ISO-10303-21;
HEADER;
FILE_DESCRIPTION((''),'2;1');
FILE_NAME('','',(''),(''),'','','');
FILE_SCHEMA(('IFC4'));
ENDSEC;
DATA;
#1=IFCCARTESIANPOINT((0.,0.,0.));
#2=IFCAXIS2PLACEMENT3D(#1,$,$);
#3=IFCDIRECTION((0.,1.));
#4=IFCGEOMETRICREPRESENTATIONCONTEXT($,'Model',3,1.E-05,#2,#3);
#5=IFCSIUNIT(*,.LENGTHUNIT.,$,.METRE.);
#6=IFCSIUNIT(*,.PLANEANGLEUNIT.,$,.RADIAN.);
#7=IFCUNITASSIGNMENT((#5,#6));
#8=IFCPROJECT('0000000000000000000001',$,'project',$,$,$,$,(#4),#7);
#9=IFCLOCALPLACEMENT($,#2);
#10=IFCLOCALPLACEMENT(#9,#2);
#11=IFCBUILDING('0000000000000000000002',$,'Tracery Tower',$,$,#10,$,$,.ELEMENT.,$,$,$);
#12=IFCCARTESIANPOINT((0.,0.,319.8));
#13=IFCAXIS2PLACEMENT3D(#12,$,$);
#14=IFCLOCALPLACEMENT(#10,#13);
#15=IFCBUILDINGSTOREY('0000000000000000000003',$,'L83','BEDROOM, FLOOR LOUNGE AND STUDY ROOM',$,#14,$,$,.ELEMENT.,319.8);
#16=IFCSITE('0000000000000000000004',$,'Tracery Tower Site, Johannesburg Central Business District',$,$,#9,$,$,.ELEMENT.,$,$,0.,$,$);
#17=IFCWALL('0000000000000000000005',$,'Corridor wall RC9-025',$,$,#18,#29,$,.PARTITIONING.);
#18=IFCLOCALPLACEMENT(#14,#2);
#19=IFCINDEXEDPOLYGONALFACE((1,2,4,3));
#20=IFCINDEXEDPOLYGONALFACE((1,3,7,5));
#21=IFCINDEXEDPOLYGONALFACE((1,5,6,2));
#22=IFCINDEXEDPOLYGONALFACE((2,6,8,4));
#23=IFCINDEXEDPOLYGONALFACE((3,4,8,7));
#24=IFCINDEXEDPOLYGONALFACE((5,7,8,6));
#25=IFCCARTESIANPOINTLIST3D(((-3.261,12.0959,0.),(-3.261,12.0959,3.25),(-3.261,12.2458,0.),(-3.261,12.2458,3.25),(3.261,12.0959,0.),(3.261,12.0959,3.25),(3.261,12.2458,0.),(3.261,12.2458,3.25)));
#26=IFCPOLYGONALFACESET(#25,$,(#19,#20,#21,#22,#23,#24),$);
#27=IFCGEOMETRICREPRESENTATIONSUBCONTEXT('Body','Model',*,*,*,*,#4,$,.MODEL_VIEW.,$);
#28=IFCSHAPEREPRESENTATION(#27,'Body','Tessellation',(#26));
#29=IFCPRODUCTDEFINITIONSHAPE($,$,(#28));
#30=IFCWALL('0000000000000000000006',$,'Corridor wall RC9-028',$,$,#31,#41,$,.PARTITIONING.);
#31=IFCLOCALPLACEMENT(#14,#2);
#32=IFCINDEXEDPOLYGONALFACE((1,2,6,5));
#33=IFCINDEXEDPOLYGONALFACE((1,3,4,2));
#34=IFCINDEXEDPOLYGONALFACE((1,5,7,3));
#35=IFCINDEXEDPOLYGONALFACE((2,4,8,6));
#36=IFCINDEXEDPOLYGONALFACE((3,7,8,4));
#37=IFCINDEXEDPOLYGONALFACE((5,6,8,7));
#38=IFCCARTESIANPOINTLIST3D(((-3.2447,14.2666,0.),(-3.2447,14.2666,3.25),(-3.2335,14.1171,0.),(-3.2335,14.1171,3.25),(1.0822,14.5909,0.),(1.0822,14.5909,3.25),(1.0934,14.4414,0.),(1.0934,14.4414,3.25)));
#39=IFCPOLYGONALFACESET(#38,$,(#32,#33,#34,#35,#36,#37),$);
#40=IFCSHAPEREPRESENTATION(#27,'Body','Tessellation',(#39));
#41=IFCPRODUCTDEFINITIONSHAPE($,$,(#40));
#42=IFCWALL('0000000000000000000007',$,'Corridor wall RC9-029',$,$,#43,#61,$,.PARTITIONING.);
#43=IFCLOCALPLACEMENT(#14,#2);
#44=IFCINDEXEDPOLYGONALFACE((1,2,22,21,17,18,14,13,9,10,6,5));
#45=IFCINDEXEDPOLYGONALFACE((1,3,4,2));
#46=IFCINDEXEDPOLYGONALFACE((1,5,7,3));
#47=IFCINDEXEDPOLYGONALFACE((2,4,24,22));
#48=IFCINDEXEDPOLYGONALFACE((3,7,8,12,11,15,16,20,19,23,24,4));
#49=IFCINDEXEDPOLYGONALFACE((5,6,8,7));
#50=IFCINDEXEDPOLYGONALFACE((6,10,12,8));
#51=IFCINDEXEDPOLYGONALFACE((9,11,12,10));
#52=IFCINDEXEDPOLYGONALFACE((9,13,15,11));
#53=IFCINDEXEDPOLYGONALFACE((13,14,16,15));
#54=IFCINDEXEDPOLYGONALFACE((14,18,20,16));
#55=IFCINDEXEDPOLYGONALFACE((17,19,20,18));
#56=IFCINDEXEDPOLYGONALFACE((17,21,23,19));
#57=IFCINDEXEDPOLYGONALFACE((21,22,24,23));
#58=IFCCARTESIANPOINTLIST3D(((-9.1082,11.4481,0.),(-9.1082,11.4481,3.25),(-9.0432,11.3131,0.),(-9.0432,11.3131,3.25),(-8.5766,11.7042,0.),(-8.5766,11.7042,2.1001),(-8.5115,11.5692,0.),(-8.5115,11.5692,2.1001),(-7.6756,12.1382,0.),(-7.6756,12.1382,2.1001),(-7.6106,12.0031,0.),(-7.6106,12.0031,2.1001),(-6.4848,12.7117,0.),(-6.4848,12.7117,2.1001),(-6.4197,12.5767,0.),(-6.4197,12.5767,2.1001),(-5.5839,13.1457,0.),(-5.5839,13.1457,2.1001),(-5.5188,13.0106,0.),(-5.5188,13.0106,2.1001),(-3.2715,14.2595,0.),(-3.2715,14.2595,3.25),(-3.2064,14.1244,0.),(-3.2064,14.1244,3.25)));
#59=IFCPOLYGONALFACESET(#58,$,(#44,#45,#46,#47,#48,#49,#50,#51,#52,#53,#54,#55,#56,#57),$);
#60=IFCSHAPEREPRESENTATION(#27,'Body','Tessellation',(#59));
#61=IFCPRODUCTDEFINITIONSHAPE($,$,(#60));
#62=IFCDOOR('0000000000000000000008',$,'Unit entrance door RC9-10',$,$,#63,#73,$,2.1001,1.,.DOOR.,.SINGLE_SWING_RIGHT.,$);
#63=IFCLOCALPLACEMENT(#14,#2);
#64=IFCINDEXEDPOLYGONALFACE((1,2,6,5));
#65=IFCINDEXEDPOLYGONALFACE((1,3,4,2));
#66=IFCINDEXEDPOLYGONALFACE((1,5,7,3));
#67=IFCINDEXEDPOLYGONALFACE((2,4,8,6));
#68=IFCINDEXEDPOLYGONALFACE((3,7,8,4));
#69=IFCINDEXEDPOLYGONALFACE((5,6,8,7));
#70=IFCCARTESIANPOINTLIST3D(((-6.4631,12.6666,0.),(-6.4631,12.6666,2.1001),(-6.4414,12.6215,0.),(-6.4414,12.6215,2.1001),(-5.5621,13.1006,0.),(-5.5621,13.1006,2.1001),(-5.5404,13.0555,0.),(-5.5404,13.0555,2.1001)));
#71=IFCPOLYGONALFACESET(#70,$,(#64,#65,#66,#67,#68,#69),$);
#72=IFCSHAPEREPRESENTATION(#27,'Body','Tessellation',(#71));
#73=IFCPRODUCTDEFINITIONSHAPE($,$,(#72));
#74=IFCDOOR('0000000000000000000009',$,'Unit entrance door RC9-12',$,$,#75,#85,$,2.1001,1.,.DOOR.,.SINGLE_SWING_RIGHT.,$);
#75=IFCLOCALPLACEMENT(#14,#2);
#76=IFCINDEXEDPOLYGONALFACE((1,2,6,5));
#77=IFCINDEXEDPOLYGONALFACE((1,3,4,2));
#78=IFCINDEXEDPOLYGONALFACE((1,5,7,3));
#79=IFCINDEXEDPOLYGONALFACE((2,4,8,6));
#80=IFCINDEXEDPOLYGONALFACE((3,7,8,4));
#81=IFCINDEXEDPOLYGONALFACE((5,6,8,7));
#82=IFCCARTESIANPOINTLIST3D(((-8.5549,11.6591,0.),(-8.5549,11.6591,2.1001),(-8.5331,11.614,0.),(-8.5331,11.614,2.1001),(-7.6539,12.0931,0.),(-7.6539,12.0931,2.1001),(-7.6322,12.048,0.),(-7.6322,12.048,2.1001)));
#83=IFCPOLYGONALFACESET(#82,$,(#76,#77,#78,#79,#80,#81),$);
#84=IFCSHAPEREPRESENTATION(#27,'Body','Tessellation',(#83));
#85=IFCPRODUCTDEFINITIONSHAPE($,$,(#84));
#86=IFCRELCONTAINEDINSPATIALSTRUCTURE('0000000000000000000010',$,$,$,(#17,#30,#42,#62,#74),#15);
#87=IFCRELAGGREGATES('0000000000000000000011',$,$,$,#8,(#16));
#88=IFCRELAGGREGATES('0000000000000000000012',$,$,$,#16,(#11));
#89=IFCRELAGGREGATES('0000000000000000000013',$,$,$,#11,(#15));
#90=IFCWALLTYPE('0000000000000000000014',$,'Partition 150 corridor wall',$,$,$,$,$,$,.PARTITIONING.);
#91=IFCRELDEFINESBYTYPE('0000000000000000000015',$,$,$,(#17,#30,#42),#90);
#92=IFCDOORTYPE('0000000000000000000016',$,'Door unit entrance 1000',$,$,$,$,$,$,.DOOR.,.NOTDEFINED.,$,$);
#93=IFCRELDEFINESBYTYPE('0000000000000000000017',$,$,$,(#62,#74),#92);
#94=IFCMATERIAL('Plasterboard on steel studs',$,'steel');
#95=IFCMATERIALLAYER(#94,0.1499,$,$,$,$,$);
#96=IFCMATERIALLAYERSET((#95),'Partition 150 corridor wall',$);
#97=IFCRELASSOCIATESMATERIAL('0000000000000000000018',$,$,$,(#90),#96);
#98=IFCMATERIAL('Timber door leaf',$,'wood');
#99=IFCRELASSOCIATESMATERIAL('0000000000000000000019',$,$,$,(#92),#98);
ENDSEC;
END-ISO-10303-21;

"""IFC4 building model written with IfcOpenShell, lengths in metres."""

from ifc_helpers import new_model, si_unit, direction, frame, frame_2d, origin, place, context, subcontext, project, spatial, rectangle, extrude, material, layer, layer_set, type_object, element, fill, save


model = new_model("IFC4")

# Units and contexts
model_context = context("Model", 3, precision=1e-05, world=origin(), true_north=direction((0.0, 1.0)))
body_context = subcontext(model_context, "Body", "Model", "MODEL_VIEW")
ifc_project = project(units=[si_unit("LENGTHUNIT", "METRE"), si_unit("PLANEANGLEUNIT", "RADIAN")], contexts=[model_context])

# Site, building, storey
site_placement = place(None, origin())
site = spatial("IfcSite", under=ifc_project, at=site_placement, Name="Tracery Tower Site, Johannesburg Central Business District", CompositionType="ELEMENT", RefElevation=0.0)
building_placement = place(site_placement, origin())
building = spatial("IfcBuilding", under=site, at=building_placement, Name="Tracery Tower", CompositionType="ELEMENT")
storey_placement = place(building_placement, frame((0.0, 0.0, 319.8)))
storey = spatial("IfcBuildingStorey", under=building, at=storey_placement, Name="L83", Description="BEDROOM, FLOOR LOUNGE AND STUDY ROOM", CompositionType="ELEMENT", Elevation=319.8)

# Walls
ifc_material_1 = material(Name="Plasterboard on steel studs", Category="steel")
ifc_layer_1 = layer(ifc_material_1, 0.1499)
ifc_layer_set_1 = layer_set([ifc_layer_1], Name="Partition 150 corridor wall")
wall_type_1 = type_object("IfcWallType", Name="Partition 150 corridor wall", PredefinedType="PARTITIONING", material=ifc_layer_set_1)
wall_1_placement = place(storey_placement, frame((-3.261, 12.1709, 0.0), z_axis=(0.0, 0.0, 1.0), x_axis=(1.0, 0.0, 0.0)))
element("IfcWall", 1, at=wall_1_placement, inside=storey, type_object=wall_type_1, Name="Corridor wall RC9-025", PredefinedType="PARTITIONING", context=body_context, shape_type="SweptSolid", body=[
    extrude(rectangle(XDim=6.522, YDim=0.1499, at=frame_2d((3.261, 0.0))), origin(), (0.0, 0.0, 1.0), 3.25),
])
wall_2_placement = place(storey_placement, frame((-3.239, 14.1919, 0.0), z_axis=(0.0, 0.0, 1.0), x_axis=(0.997204, 0.074721, 0.0)))
element("IfcWall", 2, at=wall_2_placement, inside=storey, type_object=wall_type_1, Name="Corridor wall RC9-028", PredefinedType="PARTITIONING", context=body_context, shape_type="SweptSolid", body=[
    extrude(rectangle(XDim=4.3391, YDim=0.1499, at=frame_2d((2.1694, 0.0))), origin(), (0.0, 0.0, 1.0), 3.25),
])

# Wall, openings, doors
wall_3_placement = place(storey_placement, frame((-9.0757, 11.3806, 0.0), z_axis=(0.0, 0.0, 1.0), x_axis=(0.900939, 0.433945, 0.0)))
wall_3 = element("IfcWall", 3, at=wall_3_placement, inside=storey, type_object=wall_type_1, Name="Corridor wall RC9-029", PredefinedType="PARTITIONING", context=body_context, shape_type="SweptSolid", body=[
    extrude(rectangle(XDim=6.4785, YDim=0.1499, at=frame_2d((3.2393, 0.0))), origin(), (0.0, 0.0, 1.0), 3.25),
])
opening_1_placement = place(wall_3_placement, frame((2.9119, 0.0, 0.0)))
opening_1 = element("IfcOpeningElement", 4, at=opening_1_placement, cuts=wall_3, PredefinedType="OPENING", context=body_context, shape_type="SweptSolid", body=[
    extrude(rectangle(XDim=1.0, YDim=2.1001, at=frame_2d((0.5, 1.05))), frame((0.0, 0.075, 0.0), z_axis=(0.0, -1.0, 0.0), x_axis=(1.0, 0.0, 0.0)), (0.0, 0.0, 1.0), 0.1499),
])
opening_2_placement = place(wall_3_placement, frame((0.5901, 0.0, 0.0)))
opening_2 = element("IfcOpeningElement", 5, at=opening_2_placement, cuts=wall_3, PredefinedType="OPENING", context=body_context, shape_type="SweptSolid", body=[
    extrude(rectangle(XDim=1.0, YDim=2.1001, at=frame_2d((0.5, 1.05))), frame((0.0, 0.075, 0.0), z_axis=(0.0, -1.0, 0.0), x_axis=(1.0, 0.0, 0.0)), (0.0, 0.0, 1.0), 0.1499),
])
ifc_material_2 = material(Name="Timber door leaf", Category="wood")
door_type_1 = type_object("IfcDoorType", Name="Door unit entrance 1000", OperationType="NOTDEFINED", PredefinedType="DOOR", material=ifc_material_2)
door_1_placement = place(opening_1_placement, origin())
door_1 = element("IfcDoor", 6, at=door_1_placement, inside=storey, type_object=door_type_1, Name="Unit entrance door RC9-10", OperationType="SINGLE_SWING_RIGHT", OverallHeight=2.1001, OverallWidth=1.0, PredefinedType="DOOR", context=body_context, shape_type="SweptSolid", body=[
    extrude(rectangle(XDim=1.0, YDim=2.1001, at=frame_2d((0.5, 1.05))), frame((0.0, 0.0249, 0.0), z_axis=(0.0, -1.0, 0.0), x_axis=(1.0, 0.0, 0.0)), (0.0, 0.0, 1.0), 0.05),
])
fill(opening_1, door_1)
door_2_placement = place(opening_2_placement, origin())
door_2 = element("IfcDoor", 7, at=door_2_placement, inside=storey, type_object=door_type_1, Name="Unit entrance door RC9-12", OperationType="SINGLE_SWING_RIGHT", OverallHeight=2.1001, OverallWidth=1.0, PredefinedType="DOOR", context=body_context, shape_type="SweptSolid", body=[
    extrude(rectangle(XDim=1.0, YDim=2.1001, at=frame_2d((0.5, 1.05))), frame((0.0, 0.0249, 0.0), z_axis=(0.0, -1.0, 0.0), x_axis=(1.0, 0.0, 0.0)), (0.0, 0.0, 1.0), 0.05),
])
fill(opening_2, door_2)

save(model, "model.ifc")
